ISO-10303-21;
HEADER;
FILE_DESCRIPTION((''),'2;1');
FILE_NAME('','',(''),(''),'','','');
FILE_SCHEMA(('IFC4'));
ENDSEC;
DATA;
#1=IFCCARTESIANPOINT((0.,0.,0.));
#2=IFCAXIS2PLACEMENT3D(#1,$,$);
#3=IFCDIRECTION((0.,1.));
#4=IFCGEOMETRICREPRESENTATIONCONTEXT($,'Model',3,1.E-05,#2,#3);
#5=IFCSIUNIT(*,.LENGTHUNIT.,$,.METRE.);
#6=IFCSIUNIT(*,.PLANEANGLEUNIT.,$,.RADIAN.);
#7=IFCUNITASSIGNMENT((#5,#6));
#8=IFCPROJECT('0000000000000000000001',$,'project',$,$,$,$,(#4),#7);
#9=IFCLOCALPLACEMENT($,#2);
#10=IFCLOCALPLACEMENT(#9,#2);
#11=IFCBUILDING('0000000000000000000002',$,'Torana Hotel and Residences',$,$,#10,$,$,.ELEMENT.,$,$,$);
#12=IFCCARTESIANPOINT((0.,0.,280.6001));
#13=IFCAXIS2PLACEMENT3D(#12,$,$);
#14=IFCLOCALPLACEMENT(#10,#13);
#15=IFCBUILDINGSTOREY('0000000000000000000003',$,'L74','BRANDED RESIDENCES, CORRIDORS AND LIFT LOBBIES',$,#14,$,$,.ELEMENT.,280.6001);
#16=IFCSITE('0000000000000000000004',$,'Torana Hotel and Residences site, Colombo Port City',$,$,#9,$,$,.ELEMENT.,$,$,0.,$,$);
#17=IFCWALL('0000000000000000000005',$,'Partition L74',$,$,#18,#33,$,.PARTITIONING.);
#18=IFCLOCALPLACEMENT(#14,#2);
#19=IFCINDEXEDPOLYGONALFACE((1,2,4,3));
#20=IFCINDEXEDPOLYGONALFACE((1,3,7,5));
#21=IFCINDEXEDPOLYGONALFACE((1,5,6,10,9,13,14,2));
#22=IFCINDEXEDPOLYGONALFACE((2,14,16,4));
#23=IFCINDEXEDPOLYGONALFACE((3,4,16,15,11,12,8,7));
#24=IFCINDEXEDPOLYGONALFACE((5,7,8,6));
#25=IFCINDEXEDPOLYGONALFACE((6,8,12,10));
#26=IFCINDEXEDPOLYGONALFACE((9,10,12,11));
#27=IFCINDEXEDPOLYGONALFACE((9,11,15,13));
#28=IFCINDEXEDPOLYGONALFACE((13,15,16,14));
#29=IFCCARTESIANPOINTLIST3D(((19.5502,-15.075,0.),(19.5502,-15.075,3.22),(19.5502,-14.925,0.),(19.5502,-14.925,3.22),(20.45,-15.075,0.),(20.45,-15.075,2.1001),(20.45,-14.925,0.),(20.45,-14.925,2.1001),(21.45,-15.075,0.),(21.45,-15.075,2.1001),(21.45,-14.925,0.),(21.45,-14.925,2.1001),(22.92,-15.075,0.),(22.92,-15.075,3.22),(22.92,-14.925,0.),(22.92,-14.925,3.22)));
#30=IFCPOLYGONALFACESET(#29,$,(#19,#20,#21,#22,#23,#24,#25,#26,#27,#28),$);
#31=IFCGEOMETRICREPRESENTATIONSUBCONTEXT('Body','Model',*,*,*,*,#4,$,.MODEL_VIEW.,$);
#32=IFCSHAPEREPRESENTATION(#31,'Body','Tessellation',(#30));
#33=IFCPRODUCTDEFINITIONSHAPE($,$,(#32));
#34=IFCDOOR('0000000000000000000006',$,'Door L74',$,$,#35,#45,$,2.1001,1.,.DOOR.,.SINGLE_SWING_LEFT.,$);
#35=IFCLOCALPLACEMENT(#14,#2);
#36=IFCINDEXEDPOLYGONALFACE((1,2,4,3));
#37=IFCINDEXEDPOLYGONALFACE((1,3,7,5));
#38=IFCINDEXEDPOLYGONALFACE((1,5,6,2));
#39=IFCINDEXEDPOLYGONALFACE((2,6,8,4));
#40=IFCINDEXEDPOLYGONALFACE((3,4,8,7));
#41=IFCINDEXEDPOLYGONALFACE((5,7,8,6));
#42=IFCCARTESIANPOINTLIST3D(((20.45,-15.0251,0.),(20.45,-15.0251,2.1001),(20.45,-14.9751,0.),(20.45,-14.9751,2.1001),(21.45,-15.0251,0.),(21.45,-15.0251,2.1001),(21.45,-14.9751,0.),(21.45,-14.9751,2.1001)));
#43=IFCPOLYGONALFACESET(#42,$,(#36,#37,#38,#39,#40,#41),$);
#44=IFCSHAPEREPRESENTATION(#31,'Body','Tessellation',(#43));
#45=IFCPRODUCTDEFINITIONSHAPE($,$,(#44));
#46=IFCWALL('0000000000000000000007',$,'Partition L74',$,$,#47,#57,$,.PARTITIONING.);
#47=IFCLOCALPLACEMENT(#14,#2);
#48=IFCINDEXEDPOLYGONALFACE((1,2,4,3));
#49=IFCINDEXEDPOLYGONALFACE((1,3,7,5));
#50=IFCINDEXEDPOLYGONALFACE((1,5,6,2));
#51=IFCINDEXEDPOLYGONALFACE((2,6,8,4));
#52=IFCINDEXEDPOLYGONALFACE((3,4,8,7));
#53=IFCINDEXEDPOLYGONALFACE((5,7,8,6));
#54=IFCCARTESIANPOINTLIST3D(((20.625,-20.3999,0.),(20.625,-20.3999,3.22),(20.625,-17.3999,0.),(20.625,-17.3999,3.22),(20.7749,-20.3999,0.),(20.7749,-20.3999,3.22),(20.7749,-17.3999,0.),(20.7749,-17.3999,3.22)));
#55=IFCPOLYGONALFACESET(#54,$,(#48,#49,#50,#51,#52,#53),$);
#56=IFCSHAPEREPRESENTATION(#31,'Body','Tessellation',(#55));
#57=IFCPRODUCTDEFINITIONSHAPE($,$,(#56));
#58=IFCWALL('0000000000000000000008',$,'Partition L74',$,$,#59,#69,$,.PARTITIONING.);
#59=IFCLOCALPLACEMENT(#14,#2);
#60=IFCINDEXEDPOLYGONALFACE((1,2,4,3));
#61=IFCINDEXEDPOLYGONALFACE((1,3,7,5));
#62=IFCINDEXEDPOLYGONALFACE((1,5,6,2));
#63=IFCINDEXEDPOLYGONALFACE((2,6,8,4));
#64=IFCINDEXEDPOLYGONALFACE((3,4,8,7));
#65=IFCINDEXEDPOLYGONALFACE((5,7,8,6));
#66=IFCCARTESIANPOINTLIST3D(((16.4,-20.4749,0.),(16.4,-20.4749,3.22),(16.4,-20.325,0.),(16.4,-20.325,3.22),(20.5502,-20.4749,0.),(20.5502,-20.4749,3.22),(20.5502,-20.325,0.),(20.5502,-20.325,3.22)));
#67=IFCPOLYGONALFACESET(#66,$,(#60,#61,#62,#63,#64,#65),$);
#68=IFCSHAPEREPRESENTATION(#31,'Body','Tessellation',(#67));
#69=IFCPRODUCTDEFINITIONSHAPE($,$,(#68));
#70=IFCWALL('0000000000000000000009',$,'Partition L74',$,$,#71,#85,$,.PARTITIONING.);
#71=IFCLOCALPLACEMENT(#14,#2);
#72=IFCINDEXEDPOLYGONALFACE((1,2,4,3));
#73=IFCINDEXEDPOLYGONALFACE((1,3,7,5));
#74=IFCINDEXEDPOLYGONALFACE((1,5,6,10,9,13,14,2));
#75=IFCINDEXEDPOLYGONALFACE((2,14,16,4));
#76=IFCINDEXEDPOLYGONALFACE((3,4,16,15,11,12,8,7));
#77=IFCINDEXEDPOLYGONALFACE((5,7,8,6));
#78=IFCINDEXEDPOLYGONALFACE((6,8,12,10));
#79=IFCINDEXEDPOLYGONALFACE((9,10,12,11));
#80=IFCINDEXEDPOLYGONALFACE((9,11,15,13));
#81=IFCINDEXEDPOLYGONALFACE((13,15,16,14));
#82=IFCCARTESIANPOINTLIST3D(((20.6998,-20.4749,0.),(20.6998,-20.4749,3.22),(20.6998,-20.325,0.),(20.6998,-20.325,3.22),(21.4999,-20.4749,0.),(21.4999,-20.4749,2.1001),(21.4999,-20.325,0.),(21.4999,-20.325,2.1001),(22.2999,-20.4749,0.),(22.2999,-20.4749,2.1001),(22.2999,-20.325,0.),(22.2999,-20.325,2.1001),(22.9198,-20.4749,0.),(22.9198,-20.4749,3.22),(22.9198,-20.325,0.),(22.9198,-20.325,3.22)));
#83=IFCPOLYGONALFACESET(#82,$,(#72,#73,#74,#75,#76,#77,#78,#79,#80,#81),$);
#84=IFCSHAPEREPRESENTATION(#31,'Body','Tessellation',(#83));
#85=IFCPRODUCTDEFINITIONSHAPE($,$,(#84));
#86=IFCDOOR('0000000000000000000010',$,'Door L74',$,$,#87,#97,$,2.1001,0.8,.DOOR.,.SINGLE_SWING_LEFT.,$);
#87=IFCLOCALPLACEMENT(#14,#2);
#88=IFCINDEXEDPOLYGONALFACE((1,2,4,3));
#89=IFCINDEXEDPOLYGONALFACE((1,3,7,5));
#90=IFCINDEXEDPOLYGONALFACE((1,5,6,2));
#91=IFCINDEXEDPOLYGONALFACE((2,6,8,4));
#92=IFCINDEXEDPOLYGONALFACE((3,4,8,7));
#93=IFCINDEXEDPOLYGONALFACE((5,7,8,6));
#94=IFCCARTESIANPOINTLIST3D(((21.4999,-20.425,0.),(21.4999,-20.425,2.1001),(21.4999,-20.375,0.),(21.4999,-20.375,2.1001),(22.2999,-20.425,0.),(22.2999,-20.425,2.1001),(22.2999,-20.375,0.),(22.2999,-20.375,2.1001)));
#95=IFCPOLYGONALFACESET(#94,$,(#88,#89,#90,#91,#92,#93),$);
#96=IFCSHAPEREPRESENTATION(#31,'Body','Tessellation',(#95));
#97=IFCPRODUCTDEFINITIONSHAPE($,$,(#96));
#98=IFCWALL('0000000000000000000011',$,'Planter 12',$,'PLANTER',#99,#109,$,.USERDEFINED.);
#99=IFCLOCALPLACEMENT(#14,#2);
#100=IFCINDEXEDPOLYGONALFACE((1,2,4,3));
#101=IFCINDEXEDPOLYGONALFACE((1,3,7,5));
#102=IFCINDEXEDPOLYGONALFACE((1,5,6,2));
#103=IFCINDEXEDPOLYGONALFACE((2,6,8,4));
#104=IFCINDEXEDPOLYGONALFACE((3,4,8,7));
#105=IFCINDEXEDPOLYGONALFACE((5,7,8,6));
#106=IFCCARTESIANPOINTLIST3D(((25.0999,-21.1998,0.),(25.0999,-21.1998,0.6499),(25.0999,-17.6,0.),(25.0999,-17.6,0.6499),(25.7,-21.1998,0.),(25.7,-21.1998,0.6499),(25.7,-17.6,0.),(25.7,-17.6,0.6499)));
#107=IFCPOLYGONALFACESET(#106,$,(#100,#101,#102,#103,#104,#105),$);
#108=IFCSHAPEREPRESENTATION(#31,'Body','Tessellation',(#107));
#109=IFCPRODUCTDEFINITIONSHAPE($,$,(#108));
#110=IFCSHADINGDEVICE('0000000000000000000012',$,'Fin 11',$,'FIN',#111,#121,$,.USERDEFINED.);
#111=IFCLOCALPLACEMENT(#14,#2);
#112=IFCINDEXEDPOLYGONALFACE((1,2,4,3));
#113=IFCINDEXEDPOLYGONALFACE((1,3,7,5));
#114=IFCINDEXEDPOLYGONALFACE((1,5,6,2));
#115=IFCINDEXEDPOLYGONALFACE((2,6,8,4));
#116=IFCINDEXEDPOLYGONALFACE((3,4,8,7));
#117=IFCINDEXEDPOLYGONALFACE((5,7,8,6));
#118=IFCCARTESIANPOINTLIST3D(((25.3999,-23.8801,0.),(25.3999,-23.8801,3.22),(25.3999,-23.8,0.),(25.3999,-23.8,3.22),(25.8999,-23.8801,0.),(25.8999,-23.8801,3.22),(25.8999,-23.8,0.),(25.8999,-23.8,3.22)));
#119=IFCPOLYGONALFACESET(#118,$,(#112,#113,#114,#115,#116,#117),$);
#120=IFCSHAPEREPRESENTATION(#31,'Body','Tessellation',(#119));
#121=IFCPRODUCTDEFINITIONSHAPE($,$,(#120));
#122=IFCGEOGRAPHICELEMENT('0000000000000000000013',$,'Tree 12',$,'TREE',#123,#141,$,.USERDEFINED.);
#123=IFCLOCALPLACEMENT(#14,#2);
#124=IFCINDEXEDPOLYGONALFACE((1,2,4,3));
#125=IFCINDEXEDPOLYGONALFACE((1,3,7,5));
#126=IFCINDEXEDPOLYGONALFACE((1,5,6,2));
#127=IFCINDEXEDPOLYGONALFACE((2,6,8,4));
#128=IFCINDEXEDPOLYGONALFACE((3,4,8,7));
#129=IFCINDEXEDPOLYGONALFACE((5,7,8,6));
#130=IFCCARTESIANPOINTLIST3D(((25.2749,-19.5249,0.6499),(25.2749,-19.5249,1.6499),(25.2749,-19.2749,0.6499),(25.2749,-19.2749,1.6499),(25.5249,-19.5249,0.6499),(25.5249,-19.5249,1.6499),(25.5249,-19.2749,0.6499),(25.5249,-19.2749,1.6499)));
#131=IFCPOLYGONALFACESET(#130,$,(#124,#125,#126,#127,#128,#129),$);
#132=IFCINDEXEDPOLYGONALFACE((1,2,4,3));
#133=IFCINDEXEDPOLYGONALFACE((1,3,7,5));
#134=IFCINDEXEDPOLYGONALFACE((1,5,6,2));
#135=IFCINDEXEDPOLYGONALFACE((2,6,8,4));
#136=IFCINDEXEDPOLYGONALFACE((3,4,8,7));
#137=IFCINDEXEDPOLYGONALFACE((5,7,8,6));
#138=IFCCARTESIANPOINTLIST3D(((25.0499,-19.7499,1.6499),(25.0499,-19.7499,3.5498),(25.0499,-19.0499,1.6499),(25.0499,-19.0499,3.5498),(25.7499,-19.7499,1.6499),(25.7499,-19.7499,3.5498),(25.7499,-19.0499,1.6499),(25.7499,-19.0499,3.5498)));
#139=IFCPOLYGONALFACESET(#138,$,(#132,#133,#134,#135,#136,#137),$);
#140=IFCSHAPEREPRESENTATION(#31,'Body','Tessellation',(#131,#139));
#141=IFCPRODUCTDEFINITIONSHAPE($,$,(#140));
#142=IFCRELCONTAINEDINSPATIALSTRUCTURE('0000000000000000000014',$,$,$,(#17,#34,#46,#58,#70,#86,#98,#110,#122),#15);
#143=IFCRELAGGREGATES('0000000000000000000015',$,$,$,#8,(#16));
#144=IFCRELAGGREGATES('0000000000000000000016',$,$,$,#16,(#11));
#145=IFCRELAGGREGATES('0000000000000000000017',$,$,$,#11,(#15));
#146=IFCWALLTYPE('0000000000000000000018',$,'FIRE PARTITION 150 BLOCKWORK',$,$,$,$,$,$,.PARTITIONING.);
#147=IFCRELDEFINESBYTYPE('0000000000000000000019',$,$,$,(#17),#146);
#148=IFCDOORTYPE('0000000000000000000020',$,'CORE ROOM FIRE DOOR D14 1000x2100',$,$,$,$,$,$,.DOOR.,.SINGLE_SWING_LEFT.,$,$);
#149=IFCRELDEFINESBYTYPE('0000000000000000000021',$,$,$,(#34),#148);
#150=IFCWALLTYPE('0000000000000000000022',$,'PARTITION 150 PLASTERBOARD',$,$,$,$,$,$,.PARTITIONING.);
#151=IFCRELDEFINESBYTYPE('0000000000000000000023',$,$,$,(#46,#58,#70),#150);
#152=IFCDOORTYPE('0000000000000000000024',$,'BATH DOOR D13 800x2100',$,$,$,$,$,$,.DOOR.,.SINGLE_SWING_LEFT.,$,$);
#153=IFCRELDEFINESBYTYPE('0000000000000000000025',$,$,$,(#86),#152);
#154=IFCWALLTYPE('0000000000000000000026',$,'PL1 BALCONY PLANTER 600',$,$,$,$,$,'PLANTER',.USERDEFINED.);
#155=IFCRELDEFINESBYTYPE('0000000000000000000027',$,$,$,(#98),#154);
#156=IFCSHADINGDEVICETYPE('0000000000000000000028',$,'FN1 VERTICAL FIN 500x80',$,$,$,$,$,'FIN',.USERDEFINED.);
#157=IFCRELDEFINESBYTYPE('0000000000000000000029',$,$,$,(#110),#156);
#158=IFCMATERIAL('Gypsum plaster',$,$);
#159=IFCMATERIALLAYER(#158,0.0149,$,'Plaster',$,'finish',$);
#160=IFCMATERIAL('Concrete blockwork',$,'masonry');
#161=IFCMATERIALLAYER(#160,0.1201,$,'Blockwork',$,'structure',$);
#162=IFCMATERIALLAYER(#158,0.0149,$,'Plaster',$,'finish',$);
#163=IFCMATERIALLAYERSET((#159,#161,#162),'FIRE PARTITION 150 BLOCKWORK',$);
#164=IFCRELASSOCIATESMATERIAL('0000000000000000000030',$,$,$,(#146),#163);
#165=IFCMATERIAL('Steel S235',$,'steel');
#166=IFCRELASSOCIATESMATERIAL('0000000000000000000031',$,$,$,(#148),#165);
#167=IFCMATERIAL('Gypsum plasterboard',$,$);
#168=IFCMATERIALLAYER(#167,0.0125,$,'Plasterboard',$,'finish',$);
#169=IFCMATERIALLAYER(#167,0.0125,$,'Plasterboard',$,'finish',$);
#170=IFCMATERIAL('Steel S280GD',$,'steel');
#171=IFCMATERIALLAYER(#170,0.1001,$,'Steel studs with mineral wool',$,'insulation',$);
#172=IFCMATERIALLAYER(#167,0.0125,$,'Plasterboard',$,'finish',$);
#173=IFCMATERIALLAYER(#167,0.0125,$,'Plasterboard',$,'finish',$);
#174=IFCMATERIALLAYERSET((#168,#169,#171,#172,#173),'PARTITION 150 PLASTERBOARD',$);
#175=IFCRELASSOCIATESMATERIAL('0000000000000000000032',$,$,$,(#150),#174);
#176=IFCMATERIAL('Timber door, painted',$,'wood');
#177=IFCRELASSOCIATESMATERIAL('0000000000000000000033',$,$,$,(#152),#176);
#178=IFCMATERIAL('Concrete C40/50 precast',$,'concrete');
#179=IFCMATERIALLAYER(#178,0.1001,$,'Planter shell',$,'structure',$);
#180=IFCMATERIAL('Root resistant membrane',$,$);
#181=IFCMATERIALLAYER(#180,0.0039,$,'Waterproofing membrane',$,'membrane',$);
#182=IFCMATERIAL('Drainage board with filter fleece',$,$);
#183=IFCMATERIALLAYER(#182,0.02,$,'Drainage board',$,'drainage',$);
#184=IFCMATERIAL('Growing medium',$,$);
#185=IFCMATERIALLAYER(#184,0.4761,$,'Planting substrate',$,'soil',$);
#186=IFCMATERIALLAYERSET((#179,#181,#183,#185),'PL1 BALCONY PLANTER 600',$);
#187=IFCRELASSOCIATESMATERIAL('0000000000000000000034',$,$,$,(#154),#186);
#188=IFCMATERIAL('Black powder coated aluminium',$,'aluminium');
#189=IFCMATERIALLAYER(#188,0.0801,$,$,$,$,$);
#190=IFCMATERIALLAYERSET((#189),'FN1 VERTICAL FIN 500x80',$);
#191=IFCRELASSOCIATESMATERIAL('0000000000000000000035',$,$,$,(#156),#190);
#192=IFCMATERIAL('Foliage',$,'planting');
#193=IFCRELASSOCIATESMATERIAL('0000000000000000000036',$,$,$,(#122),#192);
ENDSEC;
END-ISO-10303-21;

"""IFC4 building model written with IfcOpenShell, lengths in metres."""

from ifc_helpers import new_model, si_unit, direction, frame, frame_2d, origin, origin_2d, place, context, subcontext, project, spatial, rectangle, extrude, material, layer, layer_set, type_object, element, fill, save


model = new_model("IFC4")

# Units and contexts
model_context = context("Model", 3, precision=1e-05, world=origin(), true_north=direction((0.0, 1.0)))
body_context = subcontext(model_context, "Body", "Model", "MODEL_VIEW")
ifc_project = project(units=[si_unit("LENGTHUNIT", "METRE"), si_unit("PLANEANGLEUNIT", "RADIAN")], contexts=[model_context])

# Site, building, storey
site_placement = place(None, origin())
site = spatial("IfcSite", under=ifc_project, at=site_placement, Name="Torana Hotel and Residences site, Colombo Port City", CompositionType="ELEMENT", RefElevation=0.0)
building_placement = place(site_placement, origin())
building = spatial("IfcBuilding", under=site, at=building_placement, Name="Torana Hotel and Residences", CompositionType="ELEMENT")
storey_placement = place(building_placement, frame((0.0, 0.0, 280.6001)))
storey = spatial("IfcBuildingStorey", under=building, at=storey_placement, Name="L74", Description="BRANDED RESIDENCES, CORRIDORS AND LIFT LOBBIES", CompositionType="ELEMENT", Elevation=280.6001)

# Wall, opening, door
ifc_material_1 = material(Name="Gypsum plaster")
ifc_layer_1 = layer(ifc_material_1, 0.0149, Name="Plaster", Category="finish")
ifc_material_2 = material(Name="Concrete blockwork", Category="masonry")
ifc_layer_2 = layer(ifc_material_2, 0.1201, Name="Blockwork", Category="structure")
ifc_layer_3 = layer(ifc_material_1, 0.0149, Name="Plaster", Category="finish")
ifc_layer_set_1 = layer_set([ifc_layer_1, ifc_layer_2, ifc_layer_3], Name="FIRE PARTITION 150 BLOCKWORK")
wall_type_1 = type_object("IfcWallType", Name="FIRE PARTITION 150 BLOCKWORK", PredefinedType="PARTITIONING", material=ifc_layer_set_1)
wall_1_placement = place(storey_placement, frame((19.55, -15.0, 0.0), z_axis=(0.0, 0.0, 1.0), x_axis=(1.0, 0.0, 0.0)))
wall_1 = element("IfcWall", 1, at=wall_1_placement, inside=storey, type_object=wall_type_1, Name="Partition L74", PredefinedType="PARTITIONING", context=body_context, shape_type="SweptSolid", body=[
    extrude(rectangle(XDim=3.3699, YDim=0.1499, at=frame_2d((1.6851, 0.0))), origin(), (0.0, 0.0, 1.0), 3.22),
])
opening_1_placement = place(wall_1_placement, frame((0.8999, 0.0, 0.0)))
opening_1 = element("IfcOpeningElement", 2, at=opening_1_placement, cuts=wall_1, PredefinedType="OPENING", context=body_context, shape_type="SweptSolid", body=[
    extrude(rectangle(XDim=1.0, YDim=2.1001, at=frame_2d((0.5, 1.05))), frame((0.0, 0.085, 0.0), z_axis=(0.0, -1.0, 0.0), x_axis=(1.0, 0.0, 0.0)), (0.0, 0.0, 1.0), 0.1699),
])
ifc_material_3 = material(Name="Steel S235", Category="steel")
door_type_1 = type_object("IfcDoorType", Name="CORE ROOM FIRE DOOR D14 1000x2100", OperationType="SINGLE_SWING_LEFT", PredefinedType="DOOR", material=ifc_material_3)
door_1_placement = place(opening_1_placement, origin())
door_1 = element("IfcDoor", 3, at=door_1_placement, inside=storey, type_object=door_type_1, Name="Door L74", OperationType="SINGLE_SWING_LEFT", OverallHeight=2.1001, OverallWidth=1.0, PredefinedType="DOOR", context=body_context, shape_type="SweptSolid", body=[
    extrude(rectangle(XDim=1.0, YDim=2.1001, at=frame_2d((0.5, 1.05))), frame((0.0, 0.0249, 0.0), z_axis=(0.0, -1.0, 0.0), x_axis=(1.0, 0.0, 0.0)), (0.0, 0.0, 1.0), 0.05),
])
fill(opening_1, door_1)

# Walls
ifc_material_4 = material(Name="Gypsum plasterboard")
ifc_layer_4 = layer(ifc_material_4, 0.0125, Name="Plasterboard", Category="finish")
ifc_layer_5 = layer(ifc_material_4, 0.0125, Name="Plasterboard", Category="finish")
ifc_material_5 = material(Name="Steel S280GD", Category="steel")
ifc_layer_6 = layer(ifc_material_5, 0.1001, Name="Steel studs with mineral wool", Category="insulation")
ifc_layer_7 = layer(ifc_material_4, 0.0125, Name="Plasterboard", Category="finish")
ifc_layer_8 = layer(ifc_material_4, 0.0125, Name="Plasterboard", Category="finish")
ifc_layer_set_2 = layer_set([ifc_layer_4, ifc_layer_5, ifc_layer_6, ifc_layer_7, ifc_layer_8], Name="PARTITION 150 PLASTERBOARD")
wall_type_2 = type_object("IfcWallType", Name="PARTITION 150 PLASTERBOARD", PredefinedType="PARTITIONING", material=ifc_layer_set_2)
wall_2_placement = place(storey_placement, frame((20.7, -20.3999, 0.0), z_axis=(0.0, 0.0, 1.0), x_axis=(0.0, 1.0, 0.0)))
element("IfcWall", 4, at=wall_2_placement, inside=storey, type_object=wall_type_2, Name="Partition L74", PredefinedType="PARTITIONING", context=body_context, shape_type="SweptSolid", body=[
    extrude(rectangle(XDim=3.0, YDim=0.1499, at=frame_2d((1.5, 0.0))), origin(), (0.0, 0.0, 1.0), 3.22),
])
wall_3_placement = place(storey_placement, frame((16.3999, -20.3999, 0.0), z_axis=(0.0, 0.0, 1.0), x_axis=(1.0, 0.0, 0.0)))
element("IfcWall", 5, at=wall_3_placement, inside=storey, type_object=wall_type_2, Name="Partition L74", PredefinedType="PARTITIONING", context=body_context, shape_type="SweptSolid", body=[
    extrude(rectangle(XDim=4.1501, YDim=0.1499, at=frame_2d((2.0752, 0.0))), origin(), (0.0, 0.0, 1.0), 3.22),
])

# Wall, opening, door
wall_4_placement = place(storey_placement, frame((20.7, -20.3999, 0.0), z_axis=(0.0, 0.0, 1.0), x_axis=(1.0, 0.0, 0.0)))
wall_4 = element("IfcWall", 6, at=wall_4_placement, inside=storey, type_object=wall_type_2, Name="Partition L74", PredefinedType="PARTITIONING", context=body_context, shape_type="SweptSolid", body=[
    extrude(rectangle(XDim=2.22, YDim=0.1499, at=frame_2d((1.1099, 0.0))), origin(), (0.0, 0.0, 1.0), 3.22),
])
opening_2_placement = place(wall_4_placement, frame((0.8, 0.0, 0.0)))
opening_2 = element("IfcOpeningElement", 7, at=opening_2_placement, cuts=wall_4, PredefinedType="OPENING", context=body_context, shape_type="SweptSolid", body=[
    extrude(rectangle(XDim=0.8, YDim=2.1001, at=frame_2d((0.3999, 1.05))), frame((0.0, 0.085, 0.0), z_axis=(0.0, -1.0, 0.0), x_axis=(1.0, 0.0, 0.0)), (0.0, 0.0, 1.0), 0.1699),
])
ifc_material_6 = material(Name="Timber door, painted", Category="wood")
door_type_2 = type_object("IfcDoorType", Name="BATH DOOR D13 800x2100", OperationType="SINGLE_SWING_LEFT", PredefinedType="DOOR", material=ifc_material_6)
door_2_placement = place(opening_2_placement, origin())
door_2 = element("IfcDoor", 8, at=door_2_placement, inside=storey, type_object=door_type_2, Name="Door L74", OperationType="SINGLE_SWING_LEFT", OverallHeight=2.1001, OverallWidth=0.8, PredefinedType="DOOR", context=body_context, shape_type="SweptSolid", body=[
    extrude(rectangle(XDim=0.8, YDim=2.1001, at=frame_2d((0.3999, 1.05))), frame((0.0, 0.0249, 0.0), z_axis=(0.0, -1.0, 0.0), x_axis=(1.0, 0.0, 0.0)), (0.0, 0.0, 1.0), 0.05),
])
fill(opening_2, door_2)

# Wall
ifc_material_7 = material(Name="Concrete C40/50 precast", Category="concrete")
ifc_layer_9 = layer(ifc_material_7, 0.1001, Name="Planter shell", Category="structure")
ifc_material_8 = material(Name="Root resistant membrane")
ifc_layer_10 = layer(ifc_material_8, 0.0039, Name="Waterproofing membrane", Category="membrane")
ifc_material_9 = material(Name="Drainage board with filter fleece")
ifc_layer_11 = layer(ifc_material_9, 0.02, Name="Drainage board", Category="drainage")
ifc_material_10 = material(Name="Growing medium")
ifc_layer_12 = layer(ifc_material_10, 0.4761, Name="Planting substrate", Category="soil")
ifc_layer_set_3 = layer_set([ifc_layer_9, ifc_layer_10, ifc_layer_11, ifc_layer_12], Name="PL1 BALCONY PLANTER 600")
wall_type_3 = type_object("IfcWallType", Name="PL1 BALCONY PLANTER 600", ElementType="PLANTER", PredefinedType="USERDEFINED", material=ifc_layer_set_3)
wall_5_placement = place(storey_placement, frame((25.3999, -17.6001, 0.0), z_axis=(0.0, 0.0, 1.0), x_axis=(0.0, -1.0, 0.0)))
element("IfcWall", 9, at=wall_5_placement, inside=storey, type_object=wall_type_3, Name="Planter 12", ObjectType="PLANTER", PredefinedType="USERDEFINED", context=body_context, shape_type="SweptSolid", body=[
    extrude(rectangle(XDim=3.5999, YDim=0.6001, at=frame_2d((1.7998, 0.0))), origin(), (0.0, 0.0, 1.0), 0.6499),
])

# Shading device
ifc_material_11 = material(Name="Black powder coated aluminium", Category="aluminium")
ifc_layer_13 = layer(ifc_material_11, 0.0801)
ifc_layer_set_4 = layer_set([ifc_layer_13], Name="FN1 VERTICAL FIN 500x80")
shading_device_type = type_object("IfcShadingDeviceType", Name="FN1 VERTICAL FIN 500x80", ElementType="FIN", PredefinedType="USERDEFINED", material=ifc_layer_set_4)
shading_device_placement = place(storey_placement, frame((25.6499, -23.8401, 0.0), z_axis=(0.0, 0.0, 1.0), x_axis=(0.0, -1.0, 0.0)))
element("IfcShadingDevice", 10, at=shading_device_placement, inside=storey, type_object=shading_device_type, Name="Fin 11", ObjectType="FIN", PredefinedType="USERDEFINED", context=body_context, shape_type="SweptSolid", body=[
    extrude(rectangle(XDim=0.0801, YDim=0.5, at=origin_2d()), origin(), (0.0, 0.0, 1.0), 3.22),
])

# Geographic element
ifc_material_12 = material(Name="Foliage", Category="planting")
geographic_element_placement = place(storey_placement, frame((25.3999, -19.3999, 0.6499), z_axis=(0.0, 0.0, 1.0), x_axis=(1.0, 0.0, 0.0)))
element("IfcGeographicElement", 11, at=geographic_element_placement, inside=storey, material=ifc_material_12, Name="Tree 12", ObjectType="TREE", PredefinedType="USERDEFINED", context=body_context, shape_type="SweptSolid", body=[
    extrude(rectangle(XDim=0.25, YDim=0.25, at=origin_2d()), origin(), (0.0, 0.0, 1.0), 1.0),
    extrude(rectangle(XDim=0.7, YDim=0.7, at=origin_2d()), frame((0.0, 0.0, 1.0)), (0.0, 0.0, 1.0), 1.8999),
])

save(model, "model.ifc")
